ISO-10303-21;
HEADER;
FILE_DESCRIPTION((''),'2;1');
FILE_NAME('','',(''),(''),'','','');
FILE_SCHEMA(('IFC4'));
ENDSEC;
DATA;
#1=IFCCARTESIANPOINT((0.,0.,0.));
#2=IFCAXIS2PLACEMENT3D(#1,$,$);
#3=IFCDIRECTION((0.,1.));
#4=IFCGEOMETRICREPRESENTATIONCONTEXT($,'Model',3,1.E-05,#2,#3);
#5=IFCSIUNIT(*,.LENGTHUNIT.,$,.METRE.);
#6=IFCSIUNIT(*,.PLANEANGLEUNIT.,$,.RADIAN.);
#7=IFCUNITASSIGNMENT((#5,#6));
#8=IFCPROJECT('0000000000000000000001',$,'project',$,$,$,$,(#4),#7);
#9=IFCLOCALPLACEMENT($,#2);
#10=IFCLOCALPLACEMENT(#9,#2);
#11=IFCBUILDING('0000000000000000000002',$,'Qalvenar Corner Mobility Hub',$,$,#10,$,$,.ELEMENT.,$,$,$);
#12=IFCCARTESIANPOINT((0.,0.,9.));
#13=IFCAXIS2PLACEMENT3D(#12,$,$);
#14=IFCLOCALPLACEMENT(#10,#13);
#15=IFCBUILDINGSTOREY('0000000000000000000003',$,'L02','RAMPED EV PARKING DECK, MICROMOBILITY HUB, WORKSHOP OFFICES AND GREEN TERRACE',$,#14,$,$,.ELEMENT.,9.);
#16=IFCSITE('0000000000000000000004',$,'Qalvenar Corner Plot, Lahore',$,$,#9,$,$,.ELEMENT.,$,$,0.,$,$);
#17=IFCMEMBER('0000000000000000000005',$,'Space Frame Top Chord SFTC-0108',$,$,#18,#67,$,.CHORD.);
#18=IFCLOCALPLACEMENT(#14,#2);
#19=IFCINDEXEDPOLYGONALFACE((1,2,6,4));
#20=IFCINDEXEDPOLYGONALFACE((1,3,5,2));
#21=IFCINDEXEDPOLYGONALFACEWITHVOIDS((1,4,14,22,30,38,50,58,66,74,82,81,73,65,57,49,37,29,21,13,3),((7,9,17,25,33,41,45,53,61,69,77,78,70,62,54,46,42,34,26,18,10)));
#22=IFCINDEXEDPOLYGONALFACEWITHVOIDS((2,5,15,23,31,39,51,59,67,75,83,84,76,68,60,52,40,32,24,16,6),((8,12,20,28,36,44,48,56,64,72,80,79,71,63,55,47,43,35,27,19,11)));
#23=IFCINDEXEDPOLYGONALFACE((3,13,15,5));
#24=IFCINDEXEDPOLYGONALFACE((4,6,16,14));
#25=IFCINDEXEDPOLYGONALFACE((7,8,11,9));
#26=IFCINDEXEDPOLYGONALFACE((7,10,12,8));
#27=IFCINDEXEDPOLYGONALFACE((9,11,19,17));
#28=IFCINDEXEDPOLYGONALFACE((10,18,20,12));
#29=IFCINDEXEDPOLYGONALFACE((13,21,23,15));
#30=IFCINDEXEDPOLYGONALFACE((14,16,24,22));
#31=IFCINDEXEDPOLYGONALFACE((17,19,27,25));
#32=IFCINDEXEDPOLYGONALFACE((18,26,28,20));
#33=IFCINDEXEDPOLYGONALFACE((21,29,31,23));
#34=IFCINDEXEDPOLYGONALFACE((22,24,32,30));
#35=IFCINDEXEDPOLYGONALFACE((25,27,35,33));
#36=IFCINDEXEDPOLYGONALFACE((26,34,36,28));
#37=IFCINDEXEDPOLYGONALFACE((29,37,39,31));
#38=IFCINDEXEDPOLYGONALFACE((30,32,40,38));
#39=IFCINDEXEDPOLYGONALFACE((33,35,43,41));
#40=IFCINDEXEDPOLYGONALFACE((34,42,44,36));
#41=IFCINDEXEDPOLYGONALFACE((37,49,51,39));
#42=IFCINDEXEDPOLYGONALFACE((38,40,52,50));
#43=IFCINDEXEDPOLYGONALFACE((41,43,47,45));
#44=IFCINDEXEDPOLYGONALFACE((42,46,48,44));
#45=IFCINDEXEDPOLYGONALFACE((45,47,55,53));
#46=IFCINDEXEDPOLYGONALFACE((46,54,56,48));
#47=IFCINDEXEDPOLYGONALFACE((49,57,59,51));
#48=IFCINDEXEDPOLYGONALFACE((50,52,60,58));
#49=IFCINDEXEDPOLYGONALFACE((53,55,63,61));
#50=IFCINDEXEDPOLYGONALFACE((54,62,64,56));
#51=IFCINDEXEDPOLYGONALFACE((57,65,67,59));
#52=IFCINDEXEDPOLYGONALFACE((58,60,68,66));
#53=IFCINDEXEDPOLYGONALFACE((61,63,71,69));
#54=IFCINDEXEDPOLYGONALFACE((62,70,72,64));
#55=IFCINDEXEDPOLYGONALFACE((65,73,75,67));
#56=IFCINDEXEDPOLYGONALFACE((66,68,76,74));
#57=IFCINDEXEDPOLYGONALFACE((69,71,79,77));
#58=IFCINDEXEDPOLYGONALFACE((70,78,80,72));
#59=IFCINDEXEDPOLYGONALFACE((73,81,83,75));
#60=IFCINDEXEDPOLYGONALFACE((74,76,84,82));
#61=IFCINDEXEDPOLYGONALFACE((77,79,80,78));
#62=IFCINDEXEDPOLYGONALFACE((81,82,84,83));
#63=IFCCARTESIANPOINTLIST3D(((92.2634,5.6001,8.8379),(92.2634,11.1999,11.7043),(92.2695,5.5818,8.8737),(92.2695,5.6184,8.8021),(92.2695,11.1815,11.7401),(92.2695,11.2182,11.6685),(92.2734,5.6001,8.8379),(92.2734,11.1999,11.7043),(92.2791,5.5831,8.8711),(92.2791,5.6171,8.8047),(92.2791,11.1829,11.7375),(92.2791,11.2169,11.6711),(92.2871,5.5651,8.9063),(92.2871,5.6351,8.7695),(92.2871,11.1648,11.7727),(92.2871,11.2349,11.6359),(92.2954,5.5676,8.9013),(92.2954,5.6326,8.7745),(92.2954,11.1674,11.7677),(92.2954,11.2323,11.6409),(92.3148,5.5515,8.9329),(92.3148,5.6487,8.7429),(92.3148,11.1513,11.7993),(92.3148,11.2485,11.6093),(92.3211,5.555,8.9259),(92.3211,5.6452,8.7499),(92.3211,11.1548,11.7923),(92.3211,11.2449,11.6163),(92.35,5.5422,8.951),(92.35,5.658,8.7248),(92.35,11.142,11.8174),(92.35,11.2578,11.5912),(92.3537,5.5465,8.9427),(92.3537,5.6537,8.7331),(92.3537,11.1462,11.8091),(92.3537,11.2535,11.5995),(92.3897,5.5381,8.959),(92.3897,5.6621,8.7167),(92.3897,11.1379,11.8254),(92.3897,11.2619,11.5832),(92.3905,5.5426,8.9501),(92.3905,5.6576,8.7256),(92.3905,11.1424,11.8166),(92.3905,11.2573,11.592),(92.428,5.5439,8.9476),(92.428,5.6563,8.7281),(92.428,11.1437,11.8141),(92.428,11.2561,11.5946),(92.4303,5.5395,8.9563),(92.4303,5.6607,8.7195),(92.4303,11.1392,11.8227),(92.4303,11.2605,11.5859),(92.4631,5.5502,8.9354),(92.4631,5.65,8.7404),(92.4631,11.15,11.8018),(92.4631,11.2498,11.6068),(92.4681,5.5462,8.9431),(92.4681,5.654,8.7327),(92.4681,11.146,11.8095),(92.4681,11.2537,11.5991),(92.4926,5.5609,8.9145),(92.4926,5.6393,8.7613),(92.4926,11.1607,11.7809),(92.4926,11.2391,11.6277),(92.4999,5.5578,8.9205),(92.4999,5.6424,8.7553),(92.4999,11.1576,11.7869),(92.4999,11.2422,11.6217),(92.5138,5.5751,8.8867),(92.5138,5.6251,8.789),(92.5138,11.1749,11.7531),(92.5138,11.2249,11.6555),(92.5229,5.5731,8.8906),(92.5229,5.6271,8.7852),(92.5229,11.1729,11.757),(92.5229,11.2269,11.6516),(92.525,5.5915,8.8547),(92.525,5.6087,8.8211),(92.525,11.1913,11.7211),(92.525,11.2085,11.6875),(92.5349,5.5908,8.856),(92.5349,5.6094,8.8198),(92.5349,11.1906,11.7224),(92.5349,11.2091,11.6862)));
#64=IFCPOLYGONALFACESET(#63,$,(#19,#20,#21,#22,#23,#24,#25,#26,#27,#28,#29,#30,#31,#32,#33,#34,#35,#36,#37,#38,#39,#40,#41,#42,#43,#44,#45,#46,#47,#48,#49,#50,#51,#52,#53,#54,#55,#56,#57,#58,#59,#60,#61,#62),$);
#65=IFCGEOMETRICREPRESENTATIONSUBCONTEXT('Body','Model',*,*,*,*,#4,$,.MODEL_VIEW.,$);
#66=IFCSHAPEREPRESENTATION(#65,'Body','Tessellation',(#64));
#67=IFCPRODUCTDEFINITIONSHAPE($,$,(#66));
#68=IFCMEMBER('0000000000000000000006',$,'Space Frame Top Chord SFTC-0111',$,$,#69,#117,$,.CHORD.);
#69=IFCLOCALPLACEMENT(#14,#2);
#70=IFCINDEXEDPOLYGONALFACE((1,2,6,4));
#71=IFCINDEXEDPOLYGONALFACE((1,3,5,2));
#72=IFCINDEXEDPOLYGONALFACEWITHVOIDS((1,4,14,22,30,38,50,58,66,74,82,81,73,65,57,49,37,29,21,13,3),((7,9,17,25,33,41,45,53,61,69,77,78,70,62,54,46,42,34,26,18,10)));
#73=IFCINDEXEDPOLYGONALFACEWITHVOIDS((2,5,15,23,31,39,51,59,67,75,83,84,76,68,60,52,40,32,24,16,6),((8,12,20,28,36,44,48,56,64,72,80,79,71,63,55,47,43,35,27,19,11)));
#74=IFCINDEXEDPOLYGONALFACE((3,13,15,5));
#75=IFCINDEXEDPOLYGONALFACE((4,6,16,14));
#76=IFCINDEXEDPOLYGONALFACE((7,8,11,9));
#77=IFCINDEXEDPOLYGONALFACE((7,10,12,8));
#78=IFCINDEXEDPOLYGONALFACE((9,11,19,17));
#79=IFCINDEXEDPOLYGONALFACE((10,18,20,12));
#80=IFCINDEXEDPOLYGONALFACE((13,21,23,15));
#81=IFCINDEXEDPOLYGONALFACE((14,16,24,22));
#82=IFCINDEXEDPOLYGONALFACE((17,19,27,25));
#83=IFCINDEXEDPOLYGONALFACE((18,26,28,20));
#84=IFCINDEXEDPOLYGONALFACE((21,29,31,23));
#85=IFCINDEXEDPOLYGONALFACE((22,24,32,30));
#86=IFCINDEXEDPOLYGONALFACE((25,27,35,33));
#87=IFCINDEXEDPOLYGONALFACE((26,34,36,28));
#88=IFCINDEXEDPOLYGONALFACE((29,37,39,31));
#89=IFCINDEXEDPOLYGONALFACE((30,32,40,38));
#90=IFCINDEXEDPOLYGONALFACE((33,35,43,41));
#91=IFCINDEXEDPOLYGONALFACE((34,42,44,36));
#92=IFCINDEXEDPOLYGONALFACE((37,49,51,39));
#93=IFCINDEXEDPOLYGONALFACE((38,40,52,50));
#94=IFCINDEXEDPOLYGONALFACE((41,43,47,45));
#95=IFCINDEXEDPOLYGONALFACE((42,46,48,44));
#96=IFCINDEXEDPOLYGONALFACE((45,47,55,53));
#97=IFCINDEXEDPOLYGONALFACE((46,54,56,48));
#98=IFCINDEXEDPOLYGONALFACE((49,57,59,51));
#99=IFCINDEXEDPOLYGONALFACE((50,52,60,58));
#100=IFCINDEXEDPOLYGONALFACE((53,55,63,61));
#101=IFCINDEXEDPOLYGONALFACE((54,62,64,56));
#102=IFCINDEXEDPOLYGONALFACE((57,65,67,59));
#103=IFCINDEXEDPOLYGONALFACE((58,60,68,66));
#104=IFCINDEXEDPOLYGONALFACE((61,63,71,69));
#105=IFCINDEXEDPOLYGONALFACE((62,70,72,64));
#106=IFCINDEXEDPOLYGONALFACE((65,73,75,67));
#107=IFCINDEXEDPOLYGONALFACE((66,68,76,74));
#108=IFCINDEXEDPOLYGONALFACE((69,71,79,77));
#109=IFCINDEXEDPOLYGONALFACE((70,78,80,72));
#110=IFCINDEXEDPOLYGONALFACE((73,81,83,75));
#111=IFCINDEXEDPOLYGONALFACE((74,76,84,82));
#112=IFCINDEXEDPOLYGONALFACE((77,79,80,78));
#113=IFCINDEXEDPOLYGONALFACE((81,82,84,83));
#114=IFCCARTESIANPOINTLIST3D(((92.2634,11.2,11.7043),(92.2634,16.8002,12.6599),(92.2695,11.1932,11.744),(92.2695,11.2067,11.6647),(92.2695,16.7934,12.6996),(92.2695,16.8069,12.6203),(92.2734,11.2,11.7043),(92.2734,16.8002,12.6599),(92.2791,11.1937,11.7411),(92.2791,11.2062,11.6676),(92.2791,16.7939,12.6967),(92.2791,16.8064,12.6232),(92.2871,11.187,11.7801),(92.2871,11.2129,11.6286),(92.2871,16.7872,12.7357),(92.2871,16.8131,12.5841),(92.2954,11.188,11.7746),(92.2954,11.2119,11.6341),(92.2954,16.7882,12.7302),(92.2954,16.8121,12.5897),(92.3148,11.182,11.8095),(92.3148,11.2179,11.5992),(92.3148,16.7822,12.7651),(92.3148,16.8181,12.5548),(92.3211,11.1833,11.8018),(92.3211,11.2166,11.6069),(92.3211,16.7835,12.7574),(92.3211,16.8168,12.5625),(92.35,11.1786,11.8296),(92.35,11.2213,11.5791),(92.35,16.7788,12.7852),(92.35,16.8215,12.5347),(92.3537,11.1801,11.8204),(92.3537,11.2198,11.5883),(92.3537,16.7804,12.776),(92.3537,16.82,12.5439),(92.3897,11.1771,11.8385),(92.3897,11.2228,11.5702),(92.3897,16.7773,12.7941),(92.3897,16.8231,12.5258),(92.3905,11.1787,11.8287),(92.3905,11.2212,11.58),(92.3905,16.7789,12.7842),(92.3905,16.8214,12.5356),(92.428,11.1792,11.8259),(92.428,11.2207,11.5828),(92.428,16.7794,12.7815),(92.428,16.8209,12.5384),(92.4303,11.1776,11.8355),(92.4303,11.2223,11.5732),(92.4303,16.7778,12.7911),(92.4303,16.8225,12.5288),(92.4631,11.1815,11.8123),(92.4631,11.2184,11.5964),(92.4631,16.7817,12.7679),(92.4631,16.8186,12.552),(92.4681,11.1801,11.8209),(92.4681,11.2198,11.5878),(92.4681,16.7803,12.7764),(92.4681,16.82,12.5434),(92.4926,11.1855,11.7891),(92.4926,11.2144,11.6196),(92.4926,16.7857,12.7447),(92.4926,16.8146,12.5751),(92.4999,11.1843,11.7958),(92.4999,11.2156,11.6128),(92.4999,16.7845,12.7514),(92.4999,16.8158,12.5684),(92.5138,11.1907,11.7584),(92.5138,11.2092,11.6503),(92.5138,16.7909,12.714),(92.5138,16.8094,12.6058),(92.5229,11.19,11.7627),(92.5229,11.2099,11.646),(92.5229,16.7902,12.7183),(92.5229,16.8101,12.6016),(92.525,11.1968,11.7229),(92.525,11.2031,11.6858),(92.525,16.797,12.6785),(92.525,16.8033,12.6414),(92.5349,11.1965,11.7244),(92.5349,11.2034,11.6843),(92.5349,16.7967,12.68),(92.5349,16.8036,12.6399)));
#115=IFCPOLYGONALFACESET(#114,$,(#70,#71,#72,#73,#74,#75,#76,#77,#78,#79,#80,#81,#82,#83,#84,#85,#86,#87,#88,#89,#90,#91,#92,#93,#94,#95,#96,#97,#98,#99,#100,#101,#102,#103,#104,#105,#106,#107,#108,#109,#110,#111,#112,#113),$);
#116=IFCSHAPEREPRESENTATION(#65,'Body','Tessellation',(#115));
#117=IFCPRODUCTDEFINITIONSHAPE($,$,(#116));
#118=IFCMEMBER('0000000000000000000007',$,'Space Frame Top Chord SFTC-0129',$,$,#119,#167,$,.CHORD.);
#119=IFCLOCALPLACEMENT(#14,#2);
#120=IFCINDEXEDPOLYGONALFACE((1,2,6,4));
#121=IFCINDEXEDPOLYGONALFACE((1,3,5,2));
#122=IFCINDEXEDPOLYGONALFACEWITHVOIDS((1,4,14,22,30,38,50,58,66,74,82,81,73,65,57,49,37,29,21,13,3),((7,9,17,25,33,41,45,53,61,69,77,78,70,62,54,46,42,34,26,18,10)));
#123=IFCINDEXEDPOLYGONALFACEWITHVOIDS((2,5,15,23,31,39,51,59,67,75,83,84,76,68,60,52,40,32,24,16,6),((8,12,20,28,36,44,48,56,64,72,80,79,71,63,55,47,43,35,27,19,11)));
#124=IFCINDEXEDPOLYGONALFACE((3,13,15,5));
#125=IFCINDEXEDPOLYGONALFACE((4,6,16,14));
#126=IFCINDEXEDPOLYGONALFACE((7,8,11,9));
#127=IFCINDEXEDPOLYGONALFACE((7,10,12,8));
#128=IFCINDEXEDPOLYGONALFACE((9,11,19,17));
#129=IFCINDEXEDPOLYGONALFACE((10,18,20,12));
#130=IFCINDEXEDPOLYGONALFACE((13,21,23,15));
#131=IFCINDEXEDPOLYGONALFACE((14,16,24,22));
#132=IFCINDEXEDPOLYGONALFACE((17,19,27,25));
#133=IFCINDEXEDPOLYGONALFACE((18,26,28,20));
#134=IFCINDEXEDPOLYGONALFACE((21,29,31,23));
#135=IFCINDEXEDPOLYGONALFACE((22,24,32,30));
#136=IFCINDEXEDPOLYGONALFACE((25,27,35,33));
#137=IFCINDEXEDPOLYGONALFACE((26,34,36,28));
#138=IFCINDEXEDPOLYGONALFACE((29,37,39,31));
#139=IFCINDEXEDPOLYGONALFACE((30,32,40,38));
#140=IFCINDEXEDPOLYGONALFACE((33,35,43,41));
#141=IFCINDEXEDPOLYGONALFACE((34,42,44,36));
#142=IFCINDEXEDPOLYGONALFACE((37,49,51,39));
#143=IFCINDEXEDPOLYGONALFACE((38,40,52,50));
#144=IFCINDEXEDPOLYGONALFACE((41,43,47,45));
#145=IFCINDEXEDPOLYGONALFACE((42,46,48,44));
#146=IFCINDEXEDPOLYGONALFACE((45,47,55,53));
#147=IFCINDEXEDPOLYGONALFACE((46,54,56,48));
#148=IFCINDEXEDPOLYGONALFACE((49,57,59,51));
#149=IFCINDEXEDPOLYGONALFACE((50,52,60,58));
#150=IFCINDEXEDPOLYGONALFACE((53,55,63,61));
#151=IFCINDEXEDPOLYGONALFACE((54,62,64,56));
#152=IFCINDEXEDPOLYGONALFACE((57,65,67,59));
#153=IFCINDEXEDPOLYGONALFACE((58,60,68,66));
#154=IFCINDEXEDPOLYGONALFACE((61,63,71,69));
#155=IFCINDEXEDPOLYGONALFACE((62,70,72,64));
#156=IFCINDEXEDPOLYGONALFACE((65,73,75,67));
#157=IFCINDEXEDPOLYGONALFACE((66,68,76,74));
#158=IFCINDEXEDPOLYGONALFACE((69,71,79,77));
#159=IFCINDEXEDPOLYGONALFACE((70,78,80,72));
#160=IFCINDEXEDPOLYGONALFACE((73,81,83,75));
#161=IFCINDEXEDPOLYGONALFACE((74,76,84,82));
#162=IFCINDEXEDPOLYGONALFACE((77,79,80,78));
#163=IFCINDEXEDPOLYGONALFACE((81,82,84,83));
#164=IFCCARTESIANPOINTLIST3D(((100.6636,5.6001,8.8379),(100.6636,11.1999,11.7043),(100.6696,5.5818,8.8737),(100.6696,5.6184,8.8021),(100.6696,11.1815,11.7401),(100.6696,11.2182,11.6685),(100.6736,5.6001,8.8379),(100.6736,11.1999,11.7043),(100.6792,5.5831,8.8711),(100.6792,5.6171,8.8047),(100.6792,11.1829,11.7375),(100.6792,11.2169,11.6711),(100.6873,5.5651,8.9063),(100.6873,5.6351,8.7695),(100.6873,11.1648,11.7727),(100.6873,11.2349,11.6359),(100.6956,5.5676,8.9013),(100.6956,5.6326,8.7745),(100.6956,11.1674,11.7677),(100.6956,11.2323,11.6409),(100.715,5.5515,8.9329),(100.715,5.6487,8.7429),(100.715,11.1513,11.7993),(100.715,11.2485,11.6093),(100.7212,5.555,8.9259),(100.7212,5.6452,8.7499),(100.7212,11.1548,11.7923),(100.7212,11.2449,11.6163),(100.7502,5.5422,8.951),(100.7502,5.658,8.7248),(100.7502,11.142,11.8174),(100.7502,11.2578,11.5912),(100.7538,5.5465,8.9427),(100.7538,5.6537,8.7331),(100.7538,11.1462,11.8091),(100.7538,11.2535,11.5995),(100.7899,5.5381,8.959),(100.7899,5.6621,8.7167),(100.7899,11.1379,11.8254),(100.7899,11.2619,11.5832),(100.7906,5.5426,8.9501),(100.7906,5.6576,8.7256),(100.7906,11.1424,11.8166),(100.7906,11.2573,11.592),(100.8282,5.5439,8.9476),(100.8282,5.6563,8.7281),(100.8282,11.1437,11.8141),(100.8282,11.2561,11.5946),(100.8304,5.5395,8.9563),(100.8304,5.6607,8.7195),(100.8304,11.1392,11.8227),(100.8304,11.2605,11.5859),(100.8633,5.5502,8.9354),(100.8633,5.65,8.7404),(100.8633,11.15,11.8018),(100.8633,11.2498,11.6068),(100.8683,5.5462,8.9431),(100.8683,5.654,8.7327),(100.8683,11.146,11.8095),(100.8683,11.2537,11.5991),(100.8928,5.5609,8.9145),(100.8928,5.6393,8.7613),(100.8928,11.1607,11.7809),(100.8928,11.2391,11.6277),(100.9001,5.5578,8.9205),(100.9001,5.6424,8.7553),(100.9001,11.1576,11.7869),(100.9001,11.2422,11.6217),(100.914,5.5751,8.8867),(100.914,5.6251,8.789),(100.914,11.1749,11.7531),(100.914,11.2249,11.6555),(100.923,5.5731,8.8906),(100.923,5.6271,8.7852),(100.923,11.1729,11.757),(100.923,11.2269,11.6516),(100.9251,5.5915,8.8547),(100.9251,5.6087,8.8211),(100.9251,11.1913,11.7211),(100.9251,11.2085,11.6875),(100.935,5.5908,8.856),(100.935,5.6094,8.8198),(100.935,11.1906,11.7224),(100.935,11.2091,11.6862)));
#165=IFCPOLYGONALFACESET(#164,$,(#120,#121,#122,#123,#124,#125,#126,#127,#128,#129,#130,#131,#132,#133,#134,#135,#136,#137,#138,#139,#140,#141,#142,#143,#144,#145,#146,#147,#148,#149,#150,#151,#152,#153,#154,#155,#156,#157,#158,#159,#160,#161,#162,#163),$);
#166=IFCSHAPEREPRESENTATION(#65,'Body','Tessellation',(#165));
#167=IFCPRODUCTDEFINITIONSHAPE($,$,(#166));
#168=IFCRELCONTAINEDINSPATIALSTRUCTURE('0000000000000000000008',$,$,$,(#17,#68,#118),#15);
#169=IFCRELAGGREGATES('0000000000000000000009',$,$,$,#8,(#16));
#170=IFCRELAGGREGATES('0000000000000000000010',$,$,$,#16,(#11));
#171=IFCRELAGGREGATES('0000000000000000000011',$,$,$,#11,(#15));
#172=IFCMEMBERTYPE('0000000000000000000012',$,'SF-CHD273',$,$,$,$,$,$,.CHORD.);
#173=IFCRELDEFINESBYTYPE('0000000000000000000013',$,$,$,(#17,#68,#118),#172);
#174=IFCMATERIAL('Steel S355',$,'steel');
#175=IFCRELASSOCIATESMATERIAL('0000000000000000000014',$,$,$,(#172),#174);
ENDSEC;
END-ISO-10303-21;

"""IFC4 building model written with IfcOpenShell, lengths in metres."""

from ifc_helpers import new_model, si_unit, direction, frame, origin, origin_2d, place, context, subcontext, project, spatial, hollow_circle, extrude, material, material_profile, profile_set, type_object, element, save


model = new_model("IFC4")

# Units and contexts
model_context = context("Model", 3, precision=1e-05, world=origin(), true_north=direction((0.0, 1.0)))
body_context = subcontext(model_context, "Body", "Model", "MODEL_VIEW")
ifc_project = project(units=[si_unit("LENGTHUNIT", "METRE"), si_unit("PLANEANGLEUNIT", "RADIAN")], contexts=[model_context])

# Site, building, storey
site_placement = place(None, origin())
site = spatial("IfcSite", under=ifc_project, at=site_placement, Name="Qalvenar Corner Plot, Lahore", CompositionType="ELEMENT", RefElevation=0.0)
building_placement = place(site_placement, origin())
building = spatial("IfcBuilding", under=site, at=building_placement, Name="Qalvenar Corner Mobility Hub", CompositionType="ELEMENT")
storey_placement = place(building_placement, frame((0.0, 0.0, 9.0)))
storey = spatial("IfcBuildingStorey", under=building, at=storey_placement, Name="L02", Description="RAMPED EV PARKING DECK, MICROMOBILITY HUB, WORKSHOP OFFICES AND GREEN TERRACE", CompositionType="ELEMENT", Elevation=9.0)

# Members
ifc_material_1 = material(Name="Steel S355", Category="steel")
ifc_material_profile_1 = material_profile(ifc_material_1, hollow_circle(Radius=0.1365, WallThickness=0.01, at=origin_2d()), Name="CHS273x10")
ifc_profile_set_1 = profile_set([ifc_material_profile_1], Name="Steel S355")
member_type_1 = type_object("IfcMemberType", Name="SF-CHD273", PredefinedType="CHORD", material=ifc_profile_set_1)
member_1_placement = place(storey_placement, frame((92.3999, 5.6001, 8.8379), z_axis=(0.0, 0.890157, 0.455654), x_axis=(-1.0, 0.0, 0.0)))
element("IfcMember", 1, at=member_1_placement, inside=storey, type_object=member_type_1, Name="Space Frame Top Chord SFTC-0108", PredefinedType="CHORD", context=body_context, shape_type="SweptSolid", body=[
    extrude(hollow_circle(Radius=0.1365, WallThickness=0.01, at=origin_2d()), origin(), (0.0, 0.0, 1.0), 6.2908),
])
member_2_placement = place(storey_placement, frame((92.3999, 11.2, 11.7043), z_axis=(0.0, 0.985752, 0.168203), x_axis=(-1.0, 0.0, 0.0)))
element("IfcMember", 2, at=member_2_placement, inside=storey, type_object=member_type_1, Name="Space Frame Top Chord SFTC-0111", PredefinedType="CHORD", context=body_context, shape_type="SweptSolid", body=[
    extrude(hollow_circle(Radius=0.1365, WallThickness=0.01, at=origin_2d()), origin(), (0.0, 0.0, 1.0), 5.6812),
])
member_3_placement = place(storey_placement, frame((100.8, 5.6001, 8.8379), z_axis=(0.0, 0.890157, 0.455654), x_axis=(-1.0, 0.0, 0.0)))
element("IfcMember", 3, at=member_3_placement, inside=storey, type_object=member_type_1, Name="Space Frame Top Chord SFTC-0129", PredefinedType="CHORD", context=body_context, shape_type="SweptSolid", body=[
    extrude(hollow_circle(Radius=0.1365, WallThickness=0.01, at=origin_2d()), origin(), (0.0, 0.0, 1.0), 6.2908),
])

save(model, "model.ifc")
